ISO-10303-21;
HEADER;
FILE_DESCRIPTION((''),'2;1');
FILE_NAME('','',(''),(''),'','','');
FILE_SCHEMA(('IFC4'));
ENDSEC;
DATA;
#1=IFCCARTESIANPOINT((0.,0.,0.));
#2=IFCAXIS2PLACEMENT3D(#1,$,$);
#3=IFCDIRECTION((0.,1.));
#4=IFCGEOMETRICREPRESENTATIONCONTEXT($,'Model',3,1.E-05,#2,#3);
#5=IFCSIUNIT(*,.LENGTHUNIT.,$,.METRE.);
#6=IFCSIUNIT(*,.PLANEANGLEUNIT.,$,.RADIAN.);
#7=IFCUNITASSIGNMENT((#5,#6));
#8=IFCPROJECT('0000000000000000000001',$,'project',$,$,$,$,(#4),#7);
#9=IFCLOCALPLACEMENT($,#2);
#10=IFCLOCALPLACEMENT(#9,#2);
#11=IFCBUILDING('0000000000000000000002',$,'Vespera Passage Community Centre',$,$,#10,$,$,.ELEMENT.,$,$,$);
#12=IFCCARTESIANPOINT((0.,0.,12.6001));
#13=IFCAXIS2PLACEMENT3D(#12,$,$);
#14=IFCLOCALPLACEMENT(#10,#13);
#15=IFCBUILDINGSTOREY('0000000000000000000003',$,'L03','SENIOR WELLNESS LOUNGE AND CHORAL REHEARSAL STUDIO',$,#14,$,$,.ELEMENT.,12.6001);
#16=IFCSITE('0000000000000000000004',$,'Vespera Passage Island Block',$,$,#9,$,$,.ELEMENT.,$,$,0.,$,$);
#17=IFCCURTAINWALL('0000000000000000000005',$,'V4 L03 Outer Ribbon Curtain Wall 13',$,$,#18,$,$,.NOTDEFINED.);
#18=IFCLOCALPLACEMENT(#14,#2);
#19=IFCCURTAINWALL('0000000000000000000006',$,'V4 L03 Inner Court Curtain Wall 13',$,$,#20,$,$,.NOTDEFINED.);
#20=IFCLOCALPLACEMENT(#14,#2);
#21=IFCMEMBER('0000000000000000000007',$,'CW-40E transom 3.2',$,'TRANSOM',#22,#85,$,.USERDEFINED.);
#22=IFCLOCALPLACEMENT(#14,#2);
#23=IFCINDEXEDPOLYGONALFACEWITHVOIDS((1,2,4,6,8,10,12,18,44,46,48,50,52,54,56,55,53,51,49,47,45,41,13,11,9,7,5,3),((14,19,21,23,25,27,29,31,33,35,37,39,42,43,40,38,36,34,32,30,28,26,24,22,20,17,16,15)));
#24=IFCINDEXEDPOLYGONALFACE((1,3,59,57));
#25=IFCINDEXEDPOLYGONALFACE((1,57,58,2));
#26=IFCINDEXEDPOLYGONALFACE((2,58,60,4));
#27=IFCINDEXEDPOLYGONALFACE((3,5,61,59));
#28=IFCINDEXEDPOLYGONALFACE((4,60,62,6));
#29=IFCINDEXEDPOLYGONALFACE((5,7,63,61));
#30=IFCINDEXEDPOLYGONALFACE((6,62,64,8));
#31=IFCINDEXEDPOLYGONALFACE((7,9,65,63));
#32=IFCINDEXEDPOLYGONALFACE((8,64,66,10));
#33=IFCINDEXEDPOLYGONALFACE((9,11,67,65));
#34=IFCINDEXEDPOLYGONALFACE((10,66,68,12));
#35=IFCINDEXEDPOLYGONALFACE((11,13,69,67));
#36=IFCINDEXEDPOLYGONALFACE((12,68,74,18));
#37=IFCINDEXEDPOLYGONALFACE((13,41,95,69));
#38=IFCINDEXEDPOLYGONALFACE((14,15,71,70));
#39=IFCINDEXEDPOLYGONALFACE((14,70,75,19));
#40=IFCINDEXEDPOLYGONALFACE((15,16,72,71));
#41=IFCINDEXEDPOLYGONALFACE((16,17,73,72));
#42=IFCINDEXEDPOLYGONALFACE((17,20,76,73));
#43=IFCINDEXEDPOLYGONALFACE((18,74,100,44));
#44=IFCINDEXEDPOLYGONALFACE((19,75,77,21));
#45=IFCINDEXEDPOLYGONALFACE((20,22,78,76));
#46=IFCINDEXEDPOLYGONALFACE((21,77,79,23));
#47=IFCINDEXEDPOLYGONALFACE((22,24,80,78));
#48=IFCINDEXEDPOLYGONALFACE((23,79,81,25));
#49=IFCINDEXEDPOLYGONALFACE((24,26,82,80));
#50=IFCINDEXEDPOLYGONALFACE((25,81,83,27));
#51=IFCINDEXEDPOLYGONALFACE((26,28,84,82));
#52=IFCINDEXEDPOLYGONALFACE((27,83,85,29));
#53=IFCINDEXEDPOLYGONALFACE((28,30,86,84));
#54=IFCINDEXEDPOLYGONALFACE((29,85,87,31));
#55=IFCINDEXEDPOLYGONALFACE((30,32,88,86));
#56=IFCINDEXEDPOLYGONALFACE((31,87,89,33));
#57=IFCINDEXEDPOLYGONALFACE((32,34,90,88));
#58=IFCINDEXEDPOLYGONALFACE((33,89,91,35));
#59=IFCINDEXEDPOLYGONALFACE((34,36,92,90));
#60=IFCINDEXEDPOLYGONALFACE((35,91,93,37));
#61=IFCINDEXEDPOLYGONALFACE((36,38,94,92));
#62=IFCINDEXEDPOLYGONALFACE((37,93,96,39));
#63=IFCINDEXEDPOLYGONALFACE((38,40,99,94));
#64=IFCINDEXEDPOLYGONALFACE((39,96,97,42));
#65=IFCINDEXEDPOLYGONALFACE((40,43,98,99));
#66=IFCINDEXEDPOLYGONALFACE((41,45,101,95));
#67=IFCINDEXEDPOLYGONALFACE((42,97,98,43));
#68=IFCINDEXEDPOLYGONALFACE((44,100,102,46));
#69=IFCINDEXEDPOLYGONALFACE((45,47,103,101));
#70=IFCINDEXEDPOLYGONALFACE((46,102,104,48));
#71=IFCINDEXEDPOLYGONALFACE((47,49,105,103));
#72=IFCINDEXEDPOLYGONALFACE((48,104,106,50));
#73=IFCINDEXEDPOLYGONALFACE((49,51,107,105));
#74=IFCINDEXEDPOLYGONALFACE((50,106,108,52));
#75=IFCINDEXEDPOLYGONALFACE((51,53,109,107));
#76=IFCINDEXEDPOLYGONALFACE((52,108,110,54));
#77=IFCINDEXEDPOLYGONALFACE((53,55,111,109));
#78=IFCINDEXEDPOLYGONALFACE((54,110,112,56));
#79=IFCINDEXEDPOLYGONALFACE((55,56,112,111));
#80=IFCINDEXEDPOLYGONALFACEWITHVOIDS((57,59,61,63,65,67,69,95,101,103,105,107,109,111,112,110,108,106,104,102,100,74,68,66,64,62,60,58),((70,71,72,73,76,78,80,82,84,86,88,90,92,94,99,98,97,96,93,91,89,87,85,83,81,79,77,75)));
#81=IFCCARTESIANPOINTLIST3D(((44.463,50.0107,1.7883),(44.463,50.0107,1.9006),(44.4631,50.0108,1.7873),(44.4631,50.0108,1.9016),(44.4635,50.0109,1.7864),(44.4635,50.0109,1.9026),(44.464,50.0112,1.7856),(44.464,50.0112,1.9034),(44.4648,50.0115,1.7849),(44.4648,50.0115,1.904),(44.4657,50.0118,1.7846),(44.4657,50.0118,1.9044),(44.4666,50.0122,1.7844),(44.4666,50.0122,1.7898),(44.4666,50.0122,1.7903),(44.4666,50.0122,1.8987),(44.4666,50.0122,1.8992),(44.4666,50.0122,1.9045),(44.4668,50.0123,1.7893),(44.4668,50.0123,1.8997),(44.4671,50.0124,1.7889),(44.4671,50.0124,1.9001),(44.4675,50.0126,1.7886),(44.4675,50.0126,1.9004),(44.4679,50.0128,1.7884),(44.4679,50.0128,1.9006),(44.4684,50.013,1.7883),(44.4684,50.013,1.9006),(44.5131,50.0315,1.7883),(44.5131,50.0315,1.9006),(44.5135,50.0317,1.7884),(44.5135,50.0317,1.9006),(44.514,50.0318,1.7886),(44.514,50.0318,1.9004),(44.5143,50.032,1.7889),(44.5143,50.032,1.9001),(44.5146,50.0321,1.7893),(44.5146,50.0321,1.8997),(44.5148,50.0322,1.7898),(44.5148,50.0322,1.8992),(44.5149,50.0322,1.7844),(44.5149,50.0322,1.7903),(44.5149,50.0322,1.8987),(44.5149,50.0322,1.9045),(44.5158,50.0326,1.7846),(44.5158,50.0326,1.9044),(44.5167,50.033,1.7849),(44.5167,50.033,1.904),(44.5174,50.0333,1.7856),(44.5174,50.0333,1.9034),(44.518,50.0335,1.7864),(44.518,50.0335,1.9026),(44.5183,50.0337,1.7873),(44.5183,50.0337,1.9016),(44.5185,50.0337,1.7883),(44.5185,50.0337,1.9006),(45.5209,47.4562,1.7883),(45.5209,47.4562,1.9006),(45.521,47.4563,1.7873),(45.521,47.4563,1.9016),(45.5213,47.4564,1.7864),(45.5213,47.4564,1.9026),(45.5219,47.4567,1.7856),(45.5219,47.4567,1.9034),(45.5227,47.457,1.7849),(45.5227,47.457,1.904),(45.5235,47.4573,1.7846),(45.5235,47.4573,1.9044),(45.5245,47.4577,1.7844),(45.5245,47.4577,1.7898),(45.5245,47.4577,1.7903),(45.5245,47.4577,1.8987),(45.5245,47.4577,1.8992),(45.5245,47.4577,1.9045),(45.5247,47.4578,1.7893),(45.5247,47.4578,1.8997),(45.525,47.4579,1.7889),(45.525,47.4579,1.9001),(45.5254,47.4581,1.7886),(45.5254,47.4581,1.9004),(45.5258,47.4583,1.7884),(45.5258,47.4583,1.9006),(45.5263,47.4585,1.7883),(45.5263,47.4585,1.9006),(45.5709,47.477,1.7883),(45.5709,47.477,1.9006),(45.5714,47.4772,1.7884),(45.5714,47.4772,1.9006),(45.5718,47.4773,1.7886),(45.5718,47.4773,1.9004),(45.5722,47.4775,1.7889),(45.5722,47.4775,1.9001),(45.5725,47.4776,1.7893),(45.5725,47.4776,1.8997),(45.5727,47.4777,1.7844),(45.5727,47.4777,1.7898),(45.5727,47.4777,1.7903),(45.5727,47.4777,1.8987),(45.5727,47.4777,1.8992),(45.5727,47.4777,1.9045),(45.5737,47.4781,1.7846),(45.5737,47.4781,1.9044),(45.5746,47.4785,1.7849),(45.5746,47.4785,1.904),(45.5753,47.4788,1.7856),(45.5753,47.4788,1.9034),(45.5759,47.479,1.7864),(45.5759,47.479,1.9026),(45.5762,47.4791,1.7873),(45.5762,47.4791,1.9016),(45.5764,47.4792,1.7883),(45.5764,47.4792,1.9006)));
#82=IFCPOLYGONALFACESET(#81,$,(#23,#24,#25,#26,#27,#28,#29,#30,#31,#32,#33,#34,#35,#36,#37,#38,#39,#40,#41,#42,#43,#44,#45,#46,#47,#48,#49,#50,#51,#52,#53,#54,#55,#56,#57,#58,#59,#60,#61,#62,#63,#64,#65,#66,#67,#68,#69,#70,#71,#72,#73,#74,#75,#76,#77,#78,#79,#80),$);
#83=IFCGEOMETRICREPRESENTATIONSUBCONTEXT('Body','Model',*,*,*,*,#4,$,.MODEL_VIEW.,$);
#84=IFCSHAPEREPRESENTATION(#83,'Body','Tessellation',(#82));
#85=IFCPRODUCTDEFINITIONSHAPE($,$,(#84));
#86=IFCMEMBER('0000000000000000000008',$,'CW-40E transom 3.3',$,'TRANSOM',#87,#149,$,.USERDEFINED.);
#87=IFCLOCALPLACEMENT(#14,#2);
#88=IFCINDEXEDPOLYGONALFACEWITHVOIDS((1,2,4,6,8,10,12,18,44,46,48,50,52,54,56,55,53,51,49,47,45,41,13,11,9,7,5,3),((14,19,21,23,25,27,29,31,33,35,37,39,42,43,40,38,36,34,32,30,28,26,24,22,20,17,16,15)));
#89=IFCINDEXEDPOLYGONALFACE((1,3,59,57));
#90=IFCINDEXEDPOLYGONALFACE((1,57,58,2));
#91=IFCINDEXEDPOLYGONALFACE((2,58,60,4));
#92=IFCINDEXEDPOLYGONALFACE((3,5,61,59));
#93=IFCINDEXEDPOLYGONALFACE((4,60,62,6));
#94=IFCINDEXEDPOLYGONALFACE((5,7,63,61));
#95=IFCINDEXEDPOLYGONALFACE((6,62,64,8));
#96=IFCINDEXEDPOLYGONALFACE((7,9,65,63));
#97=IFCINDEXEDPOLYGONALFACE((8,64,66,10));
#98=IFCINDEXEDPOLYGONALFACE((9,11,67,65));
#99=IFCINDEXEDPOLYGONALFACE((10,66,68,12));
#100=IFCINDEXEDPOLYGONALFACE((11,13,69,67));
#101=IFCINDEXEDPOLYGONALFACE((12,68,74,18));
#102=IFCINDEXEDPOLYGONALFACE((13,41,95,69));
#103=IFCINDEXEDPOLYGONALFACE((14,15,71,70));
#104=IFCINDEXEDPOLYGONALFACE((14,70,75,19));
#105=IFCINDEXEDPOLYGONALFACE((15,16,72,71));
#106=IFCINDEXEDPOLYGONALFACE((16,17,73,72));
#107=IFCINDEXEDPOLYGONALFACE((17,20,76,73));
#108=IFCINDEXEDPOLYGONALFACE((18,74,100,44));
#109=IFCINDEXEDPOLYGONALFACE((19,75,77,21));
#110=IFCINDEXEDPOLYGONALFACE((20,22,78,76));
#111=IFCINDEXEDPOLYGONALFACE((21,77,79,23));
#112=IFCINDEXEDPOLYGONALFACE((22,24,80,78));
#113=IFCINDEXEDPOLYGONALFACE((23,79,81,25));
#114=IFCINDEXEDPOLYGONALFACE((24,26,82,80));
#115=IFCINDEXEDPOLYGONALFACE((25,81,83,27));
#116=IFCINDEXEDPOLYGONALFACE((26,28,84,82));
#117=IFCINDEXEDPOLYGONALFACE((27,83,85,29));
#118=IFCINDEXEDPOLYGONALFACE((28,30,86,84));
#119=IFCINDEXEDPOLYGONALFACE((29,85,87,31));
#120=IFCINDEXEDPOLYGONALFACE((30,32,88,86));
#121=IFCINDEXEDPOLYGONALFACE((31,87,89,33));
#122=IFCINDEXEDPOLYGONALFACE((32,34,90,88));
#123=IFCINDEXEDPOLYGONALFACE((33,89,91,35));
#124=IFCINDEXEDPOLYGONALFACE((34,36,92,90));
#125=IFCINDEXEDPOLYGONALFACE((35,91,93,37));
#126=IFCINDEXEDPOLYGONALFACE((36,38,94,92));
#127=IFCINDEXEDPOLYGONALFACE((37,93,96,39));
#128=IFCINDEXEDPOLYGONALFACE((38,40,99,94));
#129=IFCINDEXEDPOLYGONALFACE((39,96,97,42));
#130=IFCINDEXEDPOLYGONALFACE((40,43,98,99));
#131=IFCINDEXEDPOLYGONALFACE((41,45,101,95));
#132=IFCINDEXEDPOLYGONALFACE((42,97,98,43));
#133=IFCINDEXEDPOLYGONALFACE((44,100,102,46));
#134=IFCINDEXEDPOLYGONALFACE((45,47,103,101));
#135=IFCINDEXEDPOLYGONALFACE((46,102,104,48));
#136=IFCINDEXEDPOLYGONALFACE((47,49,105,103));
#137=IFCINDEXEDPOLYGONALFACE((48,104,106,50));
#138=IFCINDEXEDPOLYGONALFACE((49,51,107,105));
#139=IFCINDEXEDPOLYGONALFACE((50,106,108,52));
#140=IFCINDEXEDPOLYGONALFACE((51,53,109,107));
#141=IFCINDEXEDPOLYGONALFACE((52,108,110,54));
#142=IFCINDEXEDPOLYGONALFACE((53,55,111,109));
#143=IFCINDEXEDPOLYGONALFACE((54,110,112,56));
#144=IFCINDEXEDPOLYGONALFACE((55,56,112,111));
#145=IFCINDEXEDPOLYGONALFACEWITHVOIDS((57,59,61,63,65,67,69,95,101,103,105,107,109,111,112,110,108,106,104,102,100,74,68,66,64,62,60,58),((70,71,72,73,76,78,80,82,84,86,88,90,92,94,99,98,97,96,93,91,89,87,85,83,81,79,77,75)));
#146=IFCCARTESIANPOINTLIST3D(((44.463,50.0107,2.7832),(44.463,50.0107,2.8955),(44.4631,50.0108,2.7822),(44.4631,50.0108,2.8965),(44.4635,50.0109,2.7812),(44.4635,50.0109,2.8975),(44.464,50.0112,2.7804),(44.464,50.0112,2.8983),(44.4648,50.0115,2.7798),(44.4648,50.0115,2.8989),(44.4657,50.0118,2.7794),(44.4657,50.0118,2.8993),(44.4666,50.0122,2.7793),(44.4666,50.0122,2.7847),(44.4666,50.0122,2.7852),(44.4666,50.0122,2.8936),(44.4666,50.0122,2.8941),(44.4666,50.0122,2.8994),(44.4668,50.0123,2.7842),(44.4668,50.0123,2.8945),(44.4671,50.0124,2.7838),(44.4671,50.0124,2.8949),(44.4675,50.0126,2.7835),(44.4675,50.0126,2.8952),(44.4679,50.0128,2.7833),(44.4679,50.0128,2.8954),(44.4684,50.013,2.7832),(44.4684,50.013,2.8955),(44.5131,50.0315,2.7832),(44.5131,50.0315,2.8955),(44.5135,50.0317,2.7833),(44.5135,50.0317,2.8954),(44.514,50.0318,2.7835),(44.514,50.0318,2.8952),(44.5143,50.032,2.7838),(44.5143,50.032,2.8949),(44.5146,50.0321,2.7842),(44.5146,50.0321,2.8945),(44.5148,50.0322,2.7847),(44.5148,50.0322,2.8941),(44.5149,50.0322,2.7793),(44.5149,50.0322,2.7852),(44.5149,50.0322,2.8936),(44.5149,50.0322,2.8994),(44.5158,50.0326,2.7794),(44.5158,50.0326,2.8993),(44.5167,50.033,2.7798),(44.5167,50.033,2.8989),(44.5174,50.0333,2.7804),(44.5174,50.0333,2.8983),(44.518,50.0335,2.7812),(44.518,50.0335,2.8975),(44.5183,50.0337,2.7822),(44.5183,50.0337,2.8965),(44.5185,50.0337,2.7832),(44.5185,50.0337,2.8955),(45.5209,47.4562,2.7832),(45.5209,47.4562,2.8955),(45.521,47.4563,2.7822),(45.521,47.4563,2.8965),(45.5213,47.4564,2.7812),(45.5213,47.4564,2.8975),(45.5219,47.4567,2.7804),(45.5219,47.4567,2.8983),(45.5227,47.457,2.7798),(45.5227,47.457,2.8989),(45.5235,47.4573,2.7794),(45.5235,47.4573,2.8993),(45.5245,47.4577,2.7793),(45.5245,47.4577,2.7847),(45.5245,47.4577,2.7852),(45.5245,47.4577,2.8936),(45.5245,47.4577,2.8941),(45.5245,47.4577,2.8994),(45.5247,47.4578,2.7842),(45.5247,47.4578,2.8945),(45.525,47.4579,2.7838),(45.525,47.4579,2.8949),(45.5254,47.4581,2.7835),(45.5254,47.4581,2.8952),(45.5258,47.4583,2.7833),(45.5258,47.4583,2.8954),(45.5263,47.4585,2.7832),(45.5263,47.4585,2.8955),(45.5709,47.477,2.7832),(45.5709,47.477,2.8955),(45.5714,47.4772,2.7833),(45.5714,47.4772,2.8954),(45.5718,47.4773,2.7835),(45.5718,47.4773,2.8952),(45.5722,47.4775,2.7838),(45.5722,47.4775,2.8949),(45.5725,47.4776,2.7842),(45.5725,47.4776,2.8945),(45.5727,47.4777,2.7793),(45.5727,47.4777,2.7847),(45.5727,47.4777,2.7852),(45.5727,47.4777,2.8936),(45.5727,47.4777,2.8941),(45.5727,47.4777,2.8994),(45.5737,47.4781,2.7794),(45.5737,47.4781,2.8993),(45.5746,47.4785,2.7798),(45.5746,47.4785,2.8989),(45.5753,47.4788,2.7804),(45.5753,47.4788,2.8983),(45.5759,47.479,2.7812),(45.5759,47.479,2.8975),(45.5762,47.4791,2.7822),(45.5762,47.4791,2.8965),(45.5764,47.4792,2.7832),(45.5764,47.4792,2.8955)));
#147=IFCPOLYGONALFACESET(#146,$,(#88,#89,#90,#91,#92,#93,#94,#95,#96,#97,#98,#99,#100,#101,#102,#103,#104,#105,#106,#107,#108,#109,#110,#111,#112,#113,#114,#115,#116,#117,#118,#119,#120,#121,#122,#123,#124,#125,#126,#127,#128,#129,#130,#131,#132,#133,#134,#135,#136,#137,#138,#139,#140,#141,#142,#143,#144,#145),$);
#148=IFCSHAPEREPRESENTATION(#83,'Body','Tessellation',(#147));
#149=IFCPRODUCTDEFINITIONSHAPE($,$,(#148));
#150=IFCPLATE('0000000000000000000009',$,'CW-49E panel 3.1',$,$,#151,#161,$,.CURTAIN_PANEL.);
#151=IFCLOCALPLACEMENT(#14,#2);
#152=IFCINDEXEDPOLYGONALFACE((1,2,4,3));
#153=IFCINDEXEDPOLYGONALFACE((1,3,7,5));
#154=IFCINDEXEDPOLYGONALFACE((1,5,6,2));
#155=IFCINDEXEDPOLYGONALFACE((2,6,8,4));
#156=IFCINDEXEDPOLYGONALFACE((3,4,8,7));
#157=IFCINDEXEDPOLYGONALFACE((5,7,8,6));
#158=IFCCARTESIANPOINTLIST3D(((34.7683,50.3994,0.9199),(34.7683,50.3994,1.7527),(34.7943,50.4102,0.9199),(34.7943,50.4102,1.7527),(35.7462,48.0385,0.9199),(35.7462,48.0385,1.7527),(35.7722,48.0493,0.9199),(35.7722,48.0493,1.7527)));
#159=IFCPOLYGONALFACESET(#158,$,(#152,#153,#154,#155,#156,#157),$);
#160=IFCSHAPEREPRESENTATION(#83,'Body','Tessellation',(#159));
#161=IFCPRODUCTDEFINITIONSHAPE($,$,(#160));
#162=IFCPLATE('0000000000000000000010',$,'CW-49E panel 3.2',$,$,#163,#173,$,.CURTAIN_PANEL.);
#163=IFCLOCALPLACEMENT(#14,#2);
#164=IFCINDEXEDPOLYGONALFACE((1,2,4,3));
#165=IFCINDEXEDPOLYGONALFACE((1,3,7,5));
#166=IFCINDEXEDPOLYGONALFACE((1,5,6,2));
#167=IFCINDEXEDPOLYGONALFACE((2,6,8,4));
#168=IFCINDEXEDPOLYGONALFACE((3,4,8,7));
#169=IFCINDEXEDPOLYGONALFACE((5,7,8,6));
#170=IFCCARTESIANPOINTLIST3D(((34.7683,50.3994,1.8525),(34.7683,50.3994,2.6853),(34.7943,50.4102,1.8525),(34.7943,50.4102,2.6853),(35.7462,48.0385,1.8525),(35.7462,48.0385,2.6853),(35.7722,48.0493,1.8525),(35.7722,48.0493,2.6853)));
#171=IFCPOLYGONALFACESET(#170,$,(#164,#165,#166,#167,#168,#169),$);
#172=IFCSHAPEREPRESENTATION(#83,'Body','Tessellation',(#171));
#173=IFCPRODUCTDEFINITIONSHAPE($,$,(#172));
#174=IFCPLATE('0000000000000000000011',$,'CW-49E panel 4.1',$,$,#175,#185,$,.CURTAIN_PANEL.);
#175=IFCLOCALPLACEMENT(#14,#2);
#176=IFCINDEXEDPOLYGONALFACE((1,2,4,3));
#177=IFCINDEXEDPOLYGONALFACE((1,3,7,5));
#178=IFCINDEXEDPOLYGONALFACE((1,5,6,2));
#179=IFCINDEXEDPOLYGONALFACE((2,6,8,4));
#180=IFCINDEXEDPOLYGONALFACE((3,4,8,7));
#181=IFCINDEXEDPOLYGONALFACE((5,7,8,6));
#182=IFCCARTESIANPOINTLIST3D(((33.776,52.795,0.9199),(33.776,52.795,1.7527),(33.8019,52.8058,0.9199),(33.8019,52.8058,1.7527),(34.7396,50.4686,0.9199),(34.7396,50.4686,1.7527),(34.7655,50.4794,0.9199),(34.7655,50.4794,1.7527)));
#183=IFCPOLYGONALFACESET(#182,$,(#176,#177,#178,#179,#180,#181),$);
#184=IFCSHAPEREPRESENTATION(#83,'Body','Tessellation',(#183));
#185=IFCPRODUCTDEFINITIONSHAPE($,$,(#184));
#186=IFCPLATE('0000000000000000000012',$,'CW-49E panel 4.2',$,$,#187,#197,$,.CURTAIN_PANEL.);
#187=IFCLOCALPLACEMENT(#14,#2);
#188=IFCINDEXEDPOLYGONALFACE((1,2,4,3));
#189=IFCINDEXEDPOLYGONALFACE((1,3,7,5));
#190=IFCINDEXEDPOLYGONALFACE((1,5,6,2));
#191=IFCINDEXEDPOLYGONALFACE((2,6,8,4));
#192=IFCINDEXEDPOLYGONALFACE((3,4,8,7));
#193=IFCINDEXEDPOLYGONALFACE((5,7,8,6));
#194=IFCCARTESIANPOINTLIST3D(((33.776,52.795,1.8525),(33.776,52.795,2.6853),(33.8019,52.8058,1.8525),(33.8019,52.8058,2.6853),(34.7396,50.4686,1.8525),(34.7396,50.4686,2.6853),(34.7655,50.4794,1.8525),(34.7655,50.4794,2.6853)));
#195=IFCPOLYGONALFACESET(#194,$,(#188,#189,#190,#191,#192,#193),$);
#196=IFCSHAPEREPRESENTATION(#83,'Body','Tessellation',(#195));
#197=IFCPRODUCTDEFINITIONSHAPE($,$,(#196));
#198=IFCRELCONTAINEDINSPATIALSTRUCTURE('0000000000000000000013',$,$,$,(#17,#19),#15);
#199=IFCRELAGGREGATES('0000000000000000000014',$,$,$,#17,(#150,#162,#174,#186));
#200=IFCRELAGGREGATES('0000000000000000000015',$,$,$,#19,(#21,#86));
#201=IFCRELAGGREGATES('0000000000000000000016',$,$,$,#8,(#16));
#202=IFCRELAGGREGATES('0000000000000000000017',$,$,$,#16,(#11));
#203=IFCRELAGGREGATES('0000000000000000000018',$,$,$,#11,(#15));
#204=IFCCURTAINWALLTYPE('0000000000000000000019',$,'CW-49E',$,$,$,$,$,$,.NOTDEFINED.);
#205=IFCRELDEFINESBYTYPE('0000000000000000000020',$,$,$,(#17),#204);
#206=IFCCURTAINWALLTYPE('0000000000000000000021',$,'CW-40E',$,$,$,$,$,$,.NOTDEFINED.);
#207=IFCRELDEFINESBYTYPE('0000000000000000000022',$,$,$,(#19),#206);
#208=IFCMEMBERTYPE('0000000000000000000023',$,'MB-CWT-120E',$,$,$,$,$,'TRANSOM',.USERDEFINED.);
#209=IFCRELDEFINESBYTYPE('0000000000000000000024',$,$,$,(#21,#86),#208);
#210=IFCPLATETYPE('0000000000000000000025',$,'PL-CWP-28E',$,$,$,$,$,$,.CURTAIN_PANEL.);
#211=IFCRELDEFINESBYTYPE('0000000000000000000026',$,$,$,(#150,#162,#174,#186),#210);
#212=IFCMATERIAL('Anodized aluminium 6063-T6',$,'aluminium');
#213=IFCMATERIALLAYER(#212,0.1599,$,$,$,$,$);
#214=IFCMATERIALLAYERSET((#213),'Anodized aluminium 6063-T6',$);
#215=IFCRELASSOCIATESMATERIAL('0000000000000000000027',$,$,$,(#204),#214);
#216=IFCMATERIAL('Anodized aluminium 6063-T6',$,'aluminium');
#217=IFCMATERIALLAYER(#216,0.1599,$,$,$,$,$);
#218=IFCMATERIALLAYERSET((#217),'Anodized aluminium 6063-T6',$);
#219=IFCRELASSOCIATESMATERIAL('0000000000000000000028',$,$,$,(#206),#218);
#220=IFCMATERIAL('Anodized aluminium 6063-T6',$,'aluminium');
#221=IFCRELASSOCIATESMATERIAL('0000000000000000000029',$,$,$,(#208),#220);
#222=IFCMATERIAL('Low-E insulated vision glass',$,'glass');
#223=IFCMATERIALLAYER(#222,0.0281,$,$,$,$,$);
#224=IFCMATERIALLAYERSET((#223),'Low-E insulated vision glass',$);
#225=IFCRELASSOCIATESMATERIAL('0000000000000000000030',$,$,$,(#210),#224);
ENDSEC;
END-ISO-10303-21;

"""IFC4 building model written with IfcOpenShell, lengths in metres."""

from ifc_helpers import new_model, si_unit, direction, frame, origin, origin_2d, place, context, subcontext, project, spatial, rectangle, hollow_rectangle, extrude, material, layer, layer_set, material_profile, profile_set, type_object, element, aggregate, save


model = new_model("IFC4")

# Units and contexts
model_context = context("Model", 3, precision=1e-05, world=origin(), true_north=direction((0.0, 1.0)))
body_context = subcontext(model_context, "Body", "Model", "MODEL_VIEW")
ifc_project = project(units=[si_unit("LENGTHUNIT", "METRE"), si_unit("PLANEANGLEUNIT", "RADIAN")], contexts=[model_context])

# Site, building, storey
site_placement = place(None, origin())
site = spatial("IfcSite", under=ifc_project, at=site_placement, Name="Vespera Passage Island Block", CompositionType="ELEMENT", RefElevation=0.0)
building_placement = place(site_placement, origin())
building = spatial("IfcBuilding", under=site, at=building_placement, Name="Vespera Passage Community Centre", CompositionType="ELEMENT")
storey_placement = place(building_placement, frame((0.0, 0.0, 12.6001)))
storey = spatial("IfcBuildingStorey", under=building, at=storey_placement, Name="L03", Description="SENIOR WELLNESS LOUNGE AND CHORAL REHEARSAL STUDIO", CompositionType="ELEMENT", Elevation=12.6001)

# Curtain walls
ifc_material_1 = material(Name="Anodized aluminium 6063-T6", Category="aluminium")
ifc_layer_1 = layer(ifc_material_1, 0.1599)
ifc_layer_set_1 = layer_set([ifc_layer_1], Name="Anodized aluminium 6063-T6")
curtain_wall_type_1 = type_object("IfcCurtainWallType", Name="CW-49E", PredefinedType="NOTDEFINED", material=ifc_layer_set_1)
curtain_wall_1_placement = place(storey_placement, origin())
curtain_wall_1 = element("IfcCurtainWall", 1, at=curtain_wall_1_placement, inside=storey, type_object=curtain_wall_type_1, Name="V4 L03 Outer Ribbon Curtain Wall 13", PredefinedType="NOTDEFINED")
ifc_material_2 = material(Name="Anodized aluminium 6063-T6", Category="aluminium")
ifc_layer_2 = layer(ifc_material_2, 0.1599)
ifc_layer_set_2 = layer_set([ifc_layer_2], Name="Anodized aluminium 6063-T6")
curtain_wall_type_2 = type_object("IfcCurtainWallType", Name="CW-40E", PredefinedType="NOTDEFINED", material=ifc_layer_set_2)
curtain_wall_2_placement = place(storey_placement, origin())
curtain_wall_2 = element("IfcCurtainWall", 2, at=curtain_wall_2_placement, inside=storey, type_object=curtain_wall_type_2, Name="V4 L03 Inner Court Curtain Wall 13", PredefinedType="NOTDEFINED")

# Members
ifc_material_3 = material(Name="Anodized aluminium 6063-T6", Category="aluminium")
ifc_material_profile_1 = material_profile(ifc_material_3, hollow_rectangle(XDim=0.0601, YDim=0.1201, WallThickness=0.0039, InnerFilletRadius=0.002, OuterFilletRadius=0.0039, at=origin_2d()), Name="ALU120X60X4")
ifc_profile_set_1 = profile_set([ifc_material_profile_1], Name="Anodized aluminium 6063-T6")
member_type_1 = type_object("IfcMemberType", Name="MB-CWT-120E", ElementType="TRANSOM", PredefinedType="USERDEFINED", material=ifc_profile_set_1)
member_1_placement = place(storey_placement, frame((44.4907, 50.0222, 1.8445), z_axis=(0.382614, -0.923908, 0.0), x_axis=(0.923908, 0.382614, 0.0)))
member_1 = element("IfcMember", 3, at=member_1_placement, type_object=member_type_1, Name="CW-40E transom 3.2", ObjectType="TRANSOM", PredefinedType="USERDEFINED", context=body_context, shape_type="SweptSolid", body=[
    extrude(hollow_rectangle(XDim=0.0601, YDim=0.1201, WallThickness=0.0039, InnerFilletRadius=0.002, OuterFilletRadius=0.0039, at=origin_2d()), origin(), (0.0, 0.0, 1.0), 2.7649),
])
member_2_placement = place(storey_placement, frame((44.4907, 50.0222, 2.8394), z_axis=(0.382614, -0.923908, 0.0), x_axis=(0.923908, 0.382614, 0.0)))
member_2 = element("IfcMember", 4, at=member_2_placement, type_object=member_type_1, Name="CW-40E transom 3.3", ObjectType="TRANSOM", PredefinedType="USERDEFINED", context=body_context, shape_type="SweptSolid", body=[
    extrude(hollow_rectangle(XDim=0.0601, YDim=0.1201, WallThickness=0.0039, InnerFilletRadius=0.002, OuterFilletRadius=0.0039, at=origin_2d()), origin(), (0.0, 0.0, 1.0), 2.7649),
])

# Plates
ifc_material_4 = material(Name="Low-E insulated vision glass", Category="glass")
ifc_layer_3 = layer(ifc_material_4, 0.0281)
ifc_layer_set_3 = layer_set([ifc_layer_3], Name="Low-E insulated vision glass")
plate_type = type_object("IfcPlateType", Name="PL-CWP-28E", PredefinedType="CURTAIN_PANEL", material=ifc_layer_set_3)
plate_1_placement = place(storey_placement, frame((35.2703, 49.2244, 0.9199), z_axis=(0.0, 0.0, 1.0), x_axis=(-0.382679, 0.923881, 0.0)))
plate_1 = element("IfcPlate", 5, at=plate_1_placement, type_object=plate_type, Name="CW-49E panel 3.1", PredefinedType="CURTAIN_PANEL", context=body_context, shape_type="SweptSolid", body=[
    extrude(rectangle(XDim=2.5554, YDim=0.0281, at=origin_2d()), origin(), (0.0, 0.0, 1.0), 0.8328),
])
plate_2_placement = place(storey_placement, frame((35.2703, 49.2244, 1.8525), z_axis=(0.0, 0.0, 1.0), x_axis=(-0.382679, 0.923881, 0.0)))
plate_2 = element("IfcPlate", 6, at=plate_2_placement, type_object=plate_type, Name="CW-49E panel 3.2", PredefinedType="CURTAIN_PANEL", context=body_context, shape_type="SweptSolid", body=[
    extrude(rectangle(XDim=2.5554, YDim=0.0281, at=origin_2d()), origin(), (0.0, 0.0, 1.0), 0.8328),
])
plate_3_placement = place(storey_placement, frame((34.2708, 51.6372, 0.9199), z_axis=(0.0, 0.0, 1.0), x_axis=(-0.382679, 0.923881, 0.0)))
plate_3 = element("IfcPlate", 7, at=plate_3_placement, type_object=plate_type, Name="CW-49E panel 4.1", PredefinedType="CURTAIN_PANEL", context=body_context, shape_type="SweptSolid", body=[
    extrude(rectangle(XDim=2.5181, YDim=0.0281, at=origin_2d()), origin(), (0.0, 0.0, 1.0), 0.8328),
])
plate_4_placement = place(storey_placement, frame((34.2708, 51.6372, 1.8525), z_axis=(0.0, 0.0, 1.0), x_axis=(-0.382679, 0.923881, 0.0)))
plate_4 = element("IfcPlate", 8, at=plate_4_placement, type_object=plate_type, Name="CW-49E panel 4.2", PredefinedType="CURTAIN_PANEL", context=body_context, shape_type="SweptSolid", body=[
    extrude(rectangle(XDim=2.5181, YDim=0.0281, at=origin_2d()), origin(), (0.0, 0.0, 1.0), 0.8328),
])
aggregate(curtain_wall_1, [plate_1, plate_2, plate_3, plate_4])
aggregate(curtain_wall_2, [member_1, member_2])

save(model, "model.ifc")
